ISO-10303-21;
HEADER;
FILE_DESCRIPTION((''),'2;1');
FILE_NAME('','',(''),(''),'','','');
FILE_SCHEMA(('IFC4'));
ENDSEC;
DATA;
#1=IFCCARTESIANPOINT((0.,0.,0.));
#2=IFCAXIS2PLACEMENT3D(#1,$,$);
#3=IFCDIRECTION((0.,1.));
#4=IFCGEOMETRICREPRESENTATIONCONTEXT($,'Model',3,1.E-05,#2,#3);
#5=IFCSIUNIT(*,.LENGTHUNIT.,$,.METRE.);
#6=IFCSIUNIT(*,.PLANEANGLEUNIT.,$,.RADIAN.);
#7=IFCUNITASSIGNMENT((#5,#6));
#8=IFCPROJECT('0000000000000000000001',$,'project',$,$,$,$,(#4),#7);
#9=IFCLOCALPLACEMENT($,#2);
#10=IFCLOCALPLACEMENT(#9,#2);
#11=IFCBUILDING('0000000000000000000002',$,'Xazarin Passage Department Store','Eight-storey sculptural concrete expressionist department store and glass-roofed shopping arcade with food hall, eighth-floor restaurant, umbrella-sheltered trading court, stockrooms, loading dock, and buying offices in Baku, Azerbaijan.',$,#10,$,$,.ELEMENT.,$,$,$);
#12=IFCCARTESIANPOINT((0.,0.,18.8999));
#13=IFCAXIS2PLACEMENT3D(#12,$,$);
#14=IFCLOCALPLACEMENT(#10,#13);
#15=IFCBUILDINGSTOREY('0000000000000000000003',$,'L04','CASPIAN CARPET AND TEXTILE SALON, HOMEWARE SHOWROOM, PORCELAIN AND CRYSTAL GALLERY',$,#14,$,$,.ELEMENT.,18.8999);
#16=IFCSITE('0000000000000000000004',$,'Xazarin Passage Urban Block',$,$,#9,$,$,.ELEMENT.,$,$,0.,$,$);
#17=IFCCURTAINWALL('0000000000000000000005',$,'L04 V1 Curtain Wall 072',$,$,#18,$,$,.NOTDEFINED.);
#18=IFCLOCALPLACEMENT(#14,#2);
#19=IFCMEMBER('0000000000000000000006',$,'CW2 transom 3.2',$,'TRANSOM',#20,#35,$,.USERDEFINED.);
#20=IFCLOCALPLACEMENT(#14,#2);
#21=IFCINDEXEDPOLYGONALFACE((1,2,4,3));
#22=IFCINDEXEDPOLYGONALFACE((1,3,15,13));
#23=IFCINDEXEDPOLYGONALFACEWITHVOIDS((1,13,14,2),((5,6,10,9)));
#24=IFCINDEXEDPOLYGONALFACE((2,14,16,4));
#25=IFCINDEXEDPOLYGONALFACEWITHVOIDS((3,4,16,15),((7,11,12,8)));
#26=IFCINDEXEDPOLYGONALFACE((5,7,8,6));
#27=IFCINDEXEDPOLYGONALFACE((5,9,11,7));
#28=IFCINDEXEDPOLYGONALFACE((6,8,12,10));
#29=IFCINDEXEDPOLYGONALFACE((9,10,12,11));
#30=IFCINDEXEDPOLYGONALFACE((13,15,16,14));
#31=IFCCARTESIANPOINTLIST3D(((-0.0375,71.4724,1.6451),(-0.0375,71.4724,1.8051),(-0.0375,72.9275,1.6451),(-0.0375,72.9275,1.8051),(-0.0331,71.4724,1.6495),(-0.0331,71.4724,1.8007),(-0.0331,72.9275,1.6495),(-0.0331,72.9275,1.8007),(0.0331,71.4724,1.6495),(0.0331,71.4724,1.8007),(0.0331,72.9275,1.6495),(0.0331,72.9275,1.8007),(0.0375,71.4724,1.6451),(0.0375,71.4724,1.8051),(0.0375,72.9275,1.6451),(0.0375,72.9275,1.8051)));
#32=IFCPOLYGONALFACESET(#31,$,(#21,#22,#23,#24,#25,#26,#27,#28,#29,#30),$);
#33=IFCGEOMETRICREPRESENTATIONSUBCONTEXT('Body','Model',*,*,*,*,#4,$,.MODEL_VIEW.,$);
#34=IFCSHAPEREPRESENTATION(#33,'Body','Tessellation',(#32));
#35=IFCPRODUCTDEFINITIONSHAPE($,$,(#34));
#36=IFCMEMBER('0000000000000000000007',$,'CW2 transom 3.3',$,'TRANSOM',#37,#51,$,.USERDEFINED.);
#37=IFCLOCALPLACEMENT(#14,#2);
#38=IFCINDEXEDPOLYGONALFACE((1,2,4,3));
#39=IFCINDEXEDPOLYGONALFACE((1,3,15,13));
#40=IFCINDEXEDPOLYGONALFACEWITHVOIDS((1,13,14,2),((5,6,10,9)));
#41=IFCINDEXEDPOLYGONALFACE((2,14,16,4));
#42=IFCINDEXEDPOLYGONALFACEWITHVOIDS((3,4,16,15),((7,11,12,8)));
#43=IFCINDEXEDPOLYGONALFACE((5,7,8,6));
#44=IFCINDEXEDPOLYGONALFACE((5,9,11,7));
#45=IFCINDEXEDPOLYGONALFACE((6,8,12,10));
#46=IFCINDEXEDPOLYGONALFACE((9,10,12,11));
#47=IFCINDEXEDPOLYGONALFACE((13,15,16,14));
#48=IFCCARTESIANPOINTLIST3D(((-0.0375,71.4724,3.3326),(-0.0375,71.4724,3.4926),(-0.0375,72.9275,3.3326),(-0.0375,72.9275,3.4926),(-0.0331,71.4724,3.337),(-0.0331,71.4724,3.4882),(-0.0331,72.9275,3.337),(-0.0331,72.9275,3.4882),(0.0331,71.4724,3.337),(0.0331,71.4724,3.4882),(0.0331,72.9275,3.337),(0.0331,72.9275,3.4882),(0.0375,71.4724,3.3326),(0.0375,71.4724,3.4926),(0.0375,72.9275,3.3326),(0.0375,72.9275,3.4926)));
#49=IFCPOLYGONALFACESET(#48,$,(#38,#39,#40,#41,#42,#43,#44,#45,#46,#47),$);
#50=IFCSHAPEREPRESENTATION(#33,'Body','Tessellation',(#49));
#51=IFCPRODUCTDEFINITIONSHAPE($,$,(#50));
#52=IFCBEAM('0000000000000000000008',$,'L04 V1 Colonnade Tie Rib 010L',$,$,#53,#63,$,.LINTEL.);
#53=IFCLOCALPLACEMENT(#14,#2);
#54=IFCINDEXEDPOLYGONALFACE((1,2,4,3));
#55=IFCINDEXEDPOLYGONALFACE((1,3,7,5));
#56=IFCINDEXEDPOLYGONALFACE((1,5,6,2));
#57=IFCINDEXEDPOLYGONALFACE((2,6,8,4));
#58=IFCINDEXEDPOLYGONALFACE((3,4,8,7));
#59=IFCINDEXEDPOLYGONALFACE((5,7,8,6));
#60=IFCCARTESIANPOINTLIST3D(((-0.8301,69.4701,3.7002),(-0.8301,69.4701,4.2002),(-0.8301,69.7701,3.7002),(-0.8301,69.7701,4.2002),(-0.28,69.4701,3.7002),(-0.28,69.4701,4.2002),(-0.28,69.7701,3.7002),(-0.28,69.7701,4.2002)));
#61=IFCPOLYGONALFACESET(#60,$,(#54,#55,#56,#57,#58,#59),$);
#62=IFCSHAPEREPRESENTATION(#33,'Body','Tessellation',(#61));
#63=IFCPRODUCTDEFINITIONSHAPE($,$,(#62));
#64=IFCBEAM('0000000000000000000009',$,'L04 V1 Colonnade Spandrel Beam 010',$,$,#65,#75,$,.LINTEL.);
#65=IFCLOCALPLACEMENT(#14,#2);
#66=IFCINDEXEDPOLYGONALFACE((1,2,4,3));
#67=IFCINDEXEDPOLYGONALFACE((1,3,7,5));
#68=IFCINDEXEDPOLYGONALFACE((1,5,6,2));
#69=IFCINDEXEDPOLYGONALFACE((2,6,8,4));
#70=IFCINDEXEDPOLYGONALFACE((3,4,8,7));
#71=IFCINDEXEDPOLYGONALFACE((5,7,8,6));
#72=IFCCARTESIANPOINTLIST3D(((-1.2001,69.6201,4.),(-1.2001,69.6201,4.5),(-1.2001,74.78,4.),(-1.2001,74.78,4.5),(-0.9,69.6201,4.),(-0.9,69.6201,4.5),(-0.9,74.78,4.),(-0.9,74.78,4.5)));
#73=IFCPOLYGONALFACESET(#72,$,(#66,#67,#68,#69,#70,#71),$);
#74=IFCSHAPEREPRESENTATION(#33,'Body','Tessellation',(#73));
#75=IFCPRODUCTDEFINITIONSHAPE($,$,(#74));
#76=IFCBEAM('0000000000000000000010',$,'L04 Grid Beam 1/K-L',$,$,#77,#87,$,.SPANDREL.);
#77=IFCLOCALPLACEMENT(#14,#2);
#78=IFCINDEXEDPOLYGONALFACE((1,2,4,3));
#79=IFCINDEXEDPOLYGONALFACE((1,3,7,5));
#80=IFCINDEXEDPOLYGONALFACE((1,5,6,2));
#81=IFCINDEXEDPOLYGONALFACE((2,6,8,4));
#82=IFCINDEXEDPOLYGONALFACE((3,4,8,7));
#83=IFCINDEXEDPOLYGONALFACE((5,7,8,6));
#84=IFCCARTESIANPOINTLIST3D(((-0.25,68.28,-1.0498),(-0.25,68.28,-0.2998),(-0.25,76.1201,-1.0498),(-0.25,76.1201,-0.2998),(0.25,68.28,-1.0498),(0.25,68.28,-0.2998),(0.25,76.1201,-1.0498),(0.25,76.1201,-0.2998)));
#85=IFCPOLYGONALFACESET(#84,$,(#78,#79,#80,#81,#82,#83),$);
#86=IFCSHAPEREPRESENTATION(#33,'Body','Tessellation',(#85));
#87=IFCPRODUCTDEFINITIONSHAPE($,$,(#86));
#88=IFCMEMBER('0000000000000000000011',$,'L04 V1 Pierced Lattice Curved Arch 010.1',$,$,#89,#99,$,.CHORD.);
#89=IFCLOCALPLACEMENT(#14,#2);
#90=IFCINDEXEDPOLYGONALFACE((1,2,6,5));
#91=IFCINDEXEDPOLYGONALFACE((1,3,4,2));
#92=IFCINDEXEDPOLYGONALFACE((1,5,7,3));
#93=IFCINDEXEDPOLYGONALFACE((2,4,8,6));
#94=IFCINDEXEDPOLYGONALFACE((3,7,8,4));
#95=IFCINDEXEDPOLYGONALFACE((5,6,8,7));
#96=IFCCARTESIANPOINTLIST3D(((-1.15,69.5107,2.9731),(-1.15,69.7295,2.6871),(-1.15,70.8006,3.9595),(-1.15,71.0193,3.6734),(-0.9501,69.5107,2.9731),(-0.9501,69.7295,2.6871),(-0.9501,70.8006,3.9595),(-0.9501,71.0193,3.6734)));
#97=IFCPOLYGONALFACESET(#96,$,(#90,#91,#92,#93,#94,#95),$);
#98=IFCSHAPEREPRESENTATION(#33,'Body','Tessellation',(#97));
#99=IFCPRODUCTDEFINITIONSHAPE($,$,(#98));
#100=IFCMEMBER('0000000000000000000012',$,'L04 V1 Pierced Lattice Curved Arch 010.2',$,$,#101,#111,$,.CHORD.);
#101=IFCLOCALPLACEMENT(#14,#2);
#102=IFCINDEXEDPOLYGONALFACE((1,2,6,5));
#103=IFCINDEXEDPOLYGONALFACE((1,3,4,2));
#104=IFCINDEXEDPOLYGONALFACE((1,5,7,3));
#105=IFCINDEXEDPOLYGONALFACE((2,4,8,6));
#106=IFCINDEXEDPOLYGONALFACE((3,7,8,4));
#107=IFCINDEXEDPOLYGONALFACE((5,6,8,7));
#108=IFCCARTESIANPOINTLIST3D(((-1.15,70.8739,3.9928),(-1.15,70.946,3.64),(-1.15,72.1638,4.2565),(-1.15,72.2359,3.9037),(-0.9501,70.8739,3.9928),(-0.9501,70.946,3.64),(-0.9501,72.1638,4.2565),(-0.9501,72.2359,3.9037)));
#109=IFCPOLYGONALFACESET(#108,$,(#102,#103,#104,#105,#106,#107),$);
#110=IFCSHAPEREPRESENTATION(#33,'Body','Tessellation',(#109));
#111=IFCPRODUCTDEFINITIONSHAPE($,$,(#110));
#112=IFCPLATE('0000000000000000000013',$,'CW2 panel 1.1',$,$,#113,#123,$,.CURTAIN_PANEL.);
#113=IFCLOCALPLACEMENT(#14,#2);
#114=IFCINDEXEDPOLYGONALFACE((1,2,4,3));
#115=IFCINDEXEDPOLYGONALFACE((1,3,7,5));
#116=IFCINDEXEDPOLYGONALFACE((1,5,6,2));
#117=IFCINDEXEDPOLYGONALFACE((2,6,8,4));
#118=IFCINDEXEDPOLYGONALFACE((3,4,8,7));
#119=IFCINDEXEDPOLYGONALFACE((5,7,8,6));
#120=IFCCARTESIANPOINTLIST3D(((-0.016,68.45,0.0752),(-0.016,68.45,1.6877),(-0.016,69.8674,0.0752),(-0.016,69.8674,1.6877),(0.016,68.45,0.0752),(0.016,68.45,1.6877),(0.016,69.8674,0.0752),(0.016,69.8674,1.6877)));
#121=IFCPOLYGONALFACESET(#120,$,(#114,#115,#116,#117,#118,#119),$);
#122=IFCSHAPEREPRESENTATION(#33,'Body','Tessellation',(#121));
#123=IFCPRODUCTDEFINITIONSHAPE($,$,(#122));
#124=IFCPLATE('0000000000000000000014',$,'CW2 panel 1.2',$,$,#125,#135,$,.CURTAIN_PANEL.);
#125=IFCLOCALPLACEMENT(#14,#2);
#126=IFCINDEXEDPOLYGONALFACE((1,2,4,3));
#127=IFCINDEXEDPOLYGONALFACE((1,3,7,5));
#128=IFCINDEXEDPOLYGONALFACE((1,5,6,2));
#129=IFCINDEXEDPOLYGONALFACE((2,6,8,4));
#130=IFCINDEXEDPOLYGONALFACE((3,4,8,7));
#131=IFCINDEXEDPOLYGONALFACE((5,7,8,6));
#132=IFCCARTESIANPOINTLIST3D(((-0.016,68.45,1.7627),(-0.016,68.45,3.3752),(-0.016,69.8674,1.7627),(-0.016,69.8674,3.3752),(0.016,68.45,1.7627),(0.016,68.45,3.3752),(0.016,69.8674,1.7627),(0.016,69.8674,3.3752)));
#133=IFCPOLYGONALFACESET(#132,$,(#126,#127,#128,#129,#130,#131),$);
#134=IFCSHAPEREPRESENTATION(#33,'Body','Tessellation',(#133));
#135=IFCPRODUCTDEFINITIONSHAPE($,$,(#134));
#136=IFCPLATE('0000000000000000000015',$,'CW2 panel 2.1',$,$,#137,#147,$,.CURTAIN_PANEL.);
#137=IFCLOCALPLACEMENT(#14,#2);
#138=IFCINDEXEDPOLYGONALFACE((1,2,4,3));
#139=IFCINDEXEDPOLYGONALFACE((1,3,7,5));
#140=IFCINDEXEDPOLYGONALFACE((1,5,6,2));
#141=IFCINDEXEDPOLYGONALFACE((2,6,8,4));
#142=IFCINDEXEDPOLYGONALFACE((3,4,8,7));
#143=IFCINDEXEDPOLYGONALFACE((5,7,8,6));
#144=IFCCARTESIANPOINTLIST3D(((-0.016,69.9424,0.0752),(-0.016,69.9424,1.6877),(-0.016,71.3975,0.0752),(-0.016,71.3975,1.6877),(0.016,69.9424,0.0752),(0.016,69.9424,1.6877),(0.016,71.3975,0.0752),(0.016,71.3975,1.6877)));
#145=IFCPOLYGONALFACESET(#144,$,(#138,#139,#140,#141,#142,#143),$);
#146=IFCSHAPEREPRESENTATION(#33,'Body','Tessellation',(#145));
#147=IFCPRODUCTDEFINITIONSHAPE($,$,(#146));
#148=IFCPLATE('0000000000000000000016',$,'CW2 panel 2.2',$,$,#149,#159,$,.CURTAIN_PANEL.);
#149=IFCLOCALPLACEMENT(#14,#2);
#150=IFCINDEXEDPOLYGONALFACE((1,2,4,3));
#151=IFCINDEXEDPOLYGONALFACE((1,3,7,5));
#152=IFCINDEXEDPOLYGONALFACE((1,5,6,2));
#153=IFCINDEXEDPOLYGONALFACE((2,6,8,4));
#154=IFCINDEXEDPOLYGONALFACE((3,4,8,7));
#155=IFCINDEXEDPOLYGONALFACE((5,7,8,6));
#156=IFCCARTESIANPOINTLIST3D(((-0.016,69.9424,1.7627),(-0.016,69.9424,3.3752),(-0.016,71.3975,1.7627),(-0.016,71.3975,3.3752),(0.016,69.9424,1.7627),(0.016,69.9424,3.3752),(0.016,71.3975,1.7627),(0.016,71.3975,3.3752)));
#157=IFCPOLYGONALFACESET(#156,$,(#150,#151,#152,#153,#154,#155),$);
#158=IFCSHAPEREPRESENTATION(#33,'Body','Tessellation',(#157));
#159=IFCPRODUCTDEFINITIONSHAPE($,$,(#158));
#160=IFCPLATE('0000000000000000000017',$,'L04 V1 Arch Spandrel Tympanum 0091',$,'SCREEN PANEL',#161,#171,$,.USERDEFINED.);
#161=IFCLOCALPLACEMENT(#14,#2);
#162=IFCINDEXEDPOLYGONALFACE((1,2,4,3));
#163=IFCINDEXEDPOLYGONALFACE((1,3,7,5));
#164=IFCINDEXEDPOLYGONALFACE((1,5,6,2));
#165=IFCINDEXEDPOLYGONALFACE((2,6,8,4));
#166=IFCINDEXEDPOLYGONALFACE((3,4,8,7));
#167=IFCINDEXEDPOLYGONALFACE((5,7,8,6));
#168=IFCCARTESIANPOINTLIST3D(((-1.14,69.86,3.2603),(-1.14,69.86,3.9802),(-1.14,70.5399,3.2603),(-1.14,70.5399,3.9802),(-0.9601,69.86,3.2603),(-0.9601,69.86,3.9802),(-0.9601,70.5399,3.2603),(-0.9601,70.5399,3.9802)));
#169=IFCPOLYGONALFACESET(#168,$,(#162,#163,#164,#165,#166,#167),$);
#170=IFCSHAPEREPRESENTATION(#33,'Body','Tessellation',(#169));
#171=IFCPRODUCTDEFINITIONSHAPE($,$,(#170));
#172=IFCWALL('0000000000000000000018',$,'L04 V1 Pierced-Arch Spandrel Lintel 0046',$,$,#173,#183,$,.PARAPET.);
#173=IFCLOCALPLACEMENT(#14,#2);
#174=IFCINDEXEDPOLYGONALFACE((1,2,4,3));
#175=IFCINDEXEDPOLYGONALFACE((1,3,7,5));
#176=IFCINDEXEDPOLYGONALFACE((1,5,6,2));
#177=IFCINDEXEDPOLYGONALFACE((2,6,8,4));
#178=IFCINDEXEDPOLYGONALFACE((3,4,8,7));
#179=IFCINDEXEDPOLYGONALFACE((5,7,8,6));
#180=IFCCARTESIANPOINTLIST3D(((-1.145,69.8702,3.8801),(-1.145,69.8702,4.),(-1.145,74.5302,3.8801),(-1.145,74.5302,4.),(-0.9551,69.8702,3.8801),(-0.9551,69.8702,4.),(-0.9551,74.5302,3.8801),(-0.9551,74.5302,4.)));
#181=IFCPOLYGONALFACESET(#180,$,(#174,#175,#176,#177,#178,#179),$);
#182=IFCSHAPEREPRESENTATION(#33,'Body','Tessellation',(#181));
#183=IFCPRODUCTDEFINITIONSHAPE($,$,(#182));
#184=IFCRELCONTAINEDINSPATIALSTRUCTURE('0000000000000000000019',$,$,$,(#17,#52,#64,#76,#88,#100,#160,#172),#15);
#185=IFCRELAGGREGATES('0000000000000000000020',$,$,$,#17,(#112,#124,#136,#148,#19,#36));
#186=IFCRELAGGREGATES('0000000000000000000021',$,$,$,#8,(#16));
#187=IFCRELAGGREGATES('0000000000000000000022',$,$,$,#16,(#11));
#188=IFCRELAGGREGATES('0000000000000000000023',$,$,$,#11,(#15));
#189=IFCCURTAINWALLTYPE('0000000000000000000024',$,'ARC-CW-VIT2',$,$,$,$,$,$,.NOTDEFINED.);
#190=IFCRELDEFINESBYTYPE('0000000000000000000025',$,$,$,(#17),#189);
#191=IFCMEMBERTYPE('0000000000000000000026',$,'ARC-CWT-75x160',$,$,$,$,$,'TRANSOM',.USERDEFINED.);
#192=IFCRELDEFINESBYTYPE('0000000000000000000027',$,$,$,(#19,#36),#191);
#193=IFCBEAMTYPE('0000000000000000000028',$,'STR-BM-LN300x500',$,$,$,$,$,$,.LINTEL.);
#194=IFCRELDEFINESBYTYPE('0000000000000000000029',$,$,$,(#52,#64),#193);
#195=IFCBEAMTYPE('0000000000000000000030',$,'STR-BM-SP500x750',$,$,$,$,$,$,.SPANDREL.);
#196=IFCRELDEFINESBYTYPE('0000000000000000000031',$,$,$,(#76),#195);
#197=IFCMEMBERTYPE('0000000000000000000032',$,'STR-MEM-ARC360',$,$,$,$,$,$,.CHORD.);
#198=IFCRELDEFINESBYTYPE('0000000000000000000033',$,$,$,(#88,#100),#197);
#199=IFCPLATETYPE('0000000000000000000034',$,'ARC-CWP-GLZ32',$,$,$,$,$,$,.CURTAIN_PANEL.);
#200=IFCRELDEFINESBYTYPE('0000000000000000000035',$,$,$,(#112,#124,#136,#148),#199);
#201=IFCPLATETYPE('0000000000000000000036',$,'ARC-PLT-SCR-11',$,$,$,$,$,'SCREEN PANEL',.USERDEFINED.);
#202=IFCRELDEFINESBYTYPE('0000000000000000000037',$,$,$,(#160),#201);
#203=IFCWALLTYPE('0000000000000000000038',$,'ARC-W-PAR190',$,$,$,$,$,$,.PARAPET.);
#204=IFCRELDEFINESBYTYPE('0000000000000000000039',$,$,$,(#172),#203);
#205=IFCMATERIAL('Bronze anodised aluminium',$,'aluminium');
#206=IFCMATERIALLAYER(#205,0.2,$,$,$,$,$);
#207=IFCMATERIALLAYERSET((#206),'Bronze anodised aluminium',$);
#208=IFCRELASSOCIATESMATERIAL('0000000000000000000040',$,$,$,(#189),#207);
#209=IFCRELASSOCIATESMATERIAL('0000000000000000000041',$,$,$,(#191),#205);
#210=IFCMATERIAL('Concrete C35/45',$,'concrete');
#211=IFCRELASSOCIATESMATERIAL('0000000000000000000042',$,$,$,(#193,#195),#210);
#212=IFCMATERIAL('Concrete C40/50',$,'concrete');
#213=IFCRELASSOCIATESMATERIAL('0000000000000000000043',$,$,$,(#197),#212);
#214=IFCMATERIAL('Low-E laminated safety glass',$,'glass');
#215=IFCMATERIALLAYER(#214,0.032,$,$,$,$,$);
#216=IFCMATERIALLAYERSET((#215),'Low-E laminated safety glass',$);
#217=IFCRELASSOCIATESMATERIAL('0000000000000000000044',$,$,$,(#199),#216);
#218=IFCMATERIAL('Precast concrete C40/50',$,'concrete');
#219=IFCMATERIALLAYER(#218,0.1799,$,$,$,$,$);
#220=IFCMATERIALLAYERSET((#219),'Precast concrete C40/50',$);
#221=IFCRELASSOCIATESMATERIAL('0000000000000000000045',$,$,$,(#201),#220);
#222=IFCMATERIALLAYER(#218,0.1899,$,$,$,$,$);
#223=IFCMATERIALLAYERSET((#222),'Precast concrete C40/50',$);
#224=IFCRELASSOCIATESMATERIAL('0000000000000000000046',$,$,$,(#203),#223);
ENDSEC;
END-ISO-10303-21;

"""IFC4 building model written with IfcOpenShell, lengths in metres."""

from ifc_helpers import new_model, si_unit, direction, frame, frame_2d, origin, origin_2d, place, context, subcontext, project, spatial, rectangle, hollow_rectangle, extrude, material, layer, layer_set, material_profile, profile_set, type_object, element, aggregate, save


model = new_model("IFC4")

# Units and contexts
model_context = context("Model", 3, precision=1e-05, world=origin(), true_north=direction((0.0, 1.0)))
body_context = subcontext(model_context, "Body", "Model", "MODEL_VIEW")
ifc_project = project(units=[si_unit("LENGTHUNIT", "METRE"), si_unit("PLANEANGLEUNIT", "RADIAN")], contexts=[model_context])

# Site, building, storey
site_placement = place(None, origin())
site = spatial("IfcSite", under=ifc_project, at=site_placement, Name="Xazarin Passage Urban Block", CompositionType="ELEMENT", RefElevation=0.0)
building_placement = place(site_placement, origin())
building = spatial("IfcBuilding", under=site, at=building_placement, Name="Xazarin Passage Department Store", Description="Eight-storey sculptural concrete expressionist department store and glass-roofed shopping arcade with food hall, eighth-floor restaurant, umbrella-sheltered trading court, stockrooms, loading dock, and buying offices in Baku, Azerbaijan.", CompositionType="ELEMENT")
storey_placement = place(building_placement, frame((0.0, 0.0, 18.8999)))
storey = spatial("IfcBuildingStorey", under=building, at=storey_placement, Name="L04", Description="CASPIAN CARPET AND TEXTILE SALON, HOMEWARE SHOWROOM, PORCELAIN AND CRYSTAL GALLERY", CompositionType="ELEMENT", Elevation=18.8999)

# Shared definitions
ifc_material_1 = material(Name="Concrete C40/50", Category="concrete")

# Curtain wall, members
ifc_material_2 = material(Name="Bronze anodised aluminium", Category="aluminium")
ifc_layer_1 = layer(ifc_material_2, 0.2)
ifc_layer_set_1 = layer_set([ifc_layer_1], Name="Bronze anodised aluminium")
curtain_wall_type = type_object("IfcCurtainWallType", Name="ARC-CW-VIT2", PredefinedType="NOTDEFINED", material=ifc_layer_set_1)
curtain_wall_placement = place(storey_placement, origin())
curtain_wall = element("IfcCurtainWall", 1, at=curtain_wall_placement, inside=storey, type_object=curtain_wall_type, Name="L04 V1 Curtain Wall 072", PredefinedType="NOTDEFINED")
ifc_material_profile_1 = material_profile(ifc_material_2, hollow_rectangle(XDim=0.075, YDim=0.1599, WallThickness=0.0044, at=origin_2d()), Name="ALU 75x160")
ifc_profile_set_1 = profile_set([ifc_material_profile_1], Name="Bronze anodised aluminium")
member_type_1 = type_object("IfcMemberType", Name="ARC-CWT-75x160", ElementType="TRANSOM", PredefinedType="USERDEFINED", material=ifc_profile_set_1)
member_1_placement = place(storey_placement, frame((0.0, 71.4724, 1.7251), z_axis=(0.0, 1.0, 0.0), x_axis=(-1.0, 0.0, 0.0)))
member_1 = element("IfcMember", 2, at=member_1_placement, type_object=member_type_1, Name="CW2 transom 3.2", ObjectType="TRANSOM", PredefinedType="USERDEFINED", context=body_context, shape_type="SweptSolid", body=[
    extrude(hollow_rectangle(XDim=0.075, YDim=0.1599, WallThickness=0.0044, at=origin_2d()), origin(), (0.0, 0.0, 1.0), 1.4551),
])
member_2_placement = place(storey_placement, frame((0.0, 71.4724, 3.4126), z_axis=(0.0, 1.0, 0.0), x_axis=(-1.0, 0.0, 0.0)))
member_2 = element("IfcMember", 3, at=member_2_placement, type_object=member_type_1, Name="CW2 transom 3.3", ObjectType="TRANSOM", PredefinedType="USERDEFINED", context=body_context, shape_type="SweptSolid", body=[
    extrude(hollow_rectangle(XDim=0.075, YDim=0.1599, WallThickness=0.0044, at=origin_2d()), origin(), (0.0, 0.0, 1.0), 1.4551),
])

# Beams
ifc_material_3 = material(Name="Concrete C35/45", Category="concrete")
ifc_material_profile_2 = material_profile(ifc_material_3, rectangle(XDim=0.3, YDim=0.5, at=origin_2d()), Name="RC 300x500")
ifc_profile_set_2 = profile_set([ifc_material_profile_2], Name="Concrete C35/45")
beam_type_1 = type_object("IfcBeamType", Name="STR-BM-LN300x500", PredefinedType="LINTEL", material=ifc_profile_set_2)
beam_1_placement = place(storey_placement, frame((-0.28, 69.6201, 3.9502), z_axis=(-1.0, 0.0, 0.0), x_axis=(0.0, -1.0, 0.0)))
element("IfcBeam", 4, at=beam_1_placement, inside=storey, type_object=beam_type_1, Name="L04 V1 Colonnade Tie Rib 010L", PredefinedType="LINTEL", context=body_context, shape_type="SweptSolid", body=[
    extrude(rectangle(XDim=0.3, YDim=0.5, at=origin_2d()), origin(), (0.0, 0.0, 1.0), 0.55),
])
beam_2_placement = place(storey_placement, frame((-1.05, 69.6201, 4.25), z_axis=(0.0, 1.0, 0.0), x_axis=(-1.0, 0.0, 0.0)))
element("IfcBeam", 5, at=beam_2_placement, inside=storey, type_object=beam_type_1, Name="L04 V1 Colonnade Spandrel Beam 010", PredefinedType="LINTEL", context=body_context, shape_type="SweptSolid", body=[
    extrude(rectangle(XDim=0.3, YDim=0.5, at=origin_2d()), origin(), (0.0, 0.0, 1.0), 5.1599),
])
ifc_material_profile_3 = material_profile(ifc_material_3, rectangle(XDim=0.5, YDim=0.75, at=origin_2d()), Name="RC 500x750")
ifc_profile_set_3 = profile_set([ifc_material_profile_3], Name="Concrete C35/45")
beam_type_2 = type_object("IfcBeamType", Name="STR-BM-SP500x750", PredefinedType="SPANDREL", material=ifc_profile_set_3)
beam_3_placement = place(storey_placement, frame((0.0, 68.28, -0.6748), z_axis=(0.0, 1.0, 0.0), x_axis=(-1.0, 0.0, 0.0)))
element("IfcBeam", 6, at=beam_3_placement, inside=storey, type_object=beam_type_2, Name="L04 Grid Beam 1/K-L", PredefinedType="SPANDREL", context=body_context, shape_type="SweptSolid", body=[
    extrude(rectangle(XDim=0.5, YDim=0.75, at=origin_2d()), origin(), (0.0, 0.0, 1.0), 7.8401),
])

# Members
ifc_material_profile_4 = material_profile(ifc_material_1, rectangle(XDim=0.2, YDim=0.3601, at=origin_2d()), Name="RC 200x360")
ifc_profile_set_4 = profile_set([ifc_material_profile_4], Name="Concrete C40/50")
member_type_2 = type_object("IfcMemberType", Name="STR-MEM-ARC360", PredefinedType="CHORD", material=ifc_profile_set_4)
member_3_placement = place(storey_placement, frame((-1.05, 69.6201, 2.8301), z_axis=(0.0, 0.794354, 0.607456), x_axis=(-1.0, 0.0, 0.0)))
element("IfcMember", 7, at=member_3_placement, inside=storey, type_object=member_type_2, Name="L04 V1 Pierced Lattice Curved Arch 010.1", PredefinedType="CHORD", context=body_context, shape_type="SweptSolid", body=[
    extrude(rectangle(XDim=0.2, YDim=0.3601, at=origin_2d()), origin(), (0.0, 0.0, 1.0), 1.6238),
])
member_4_placement = place(storey_placement, frame((-1.05, 70.9099, 3.8164), z_axis=(0.0, 0.979745, 0.200251), x_axis=(-1.0, 0.0, 0.0)))
element("IfcMember", 8, at=member_4_placement, inside=storey, type_object=member_type_2, Name="L04 V1 Pierced Lattice Curved Arch 010.2", PredefinedType="CHORD", context=body_context, shape_type="SweptSolid", body=[
    extrude(rectangle(XDim=0.2, YDim=0.3601, at=origin_2d()), origin(), (0.0, 0.0, 1.0), 1.3167),
])

# Plates
ifc_material_4 = material(Name="Low-E laminated safety glass", Category="glass")
ifc_layer_2 = layer(ifc_material_4, 0.032)
ifc_layer_set_2 = layer_set([ifc_layer_2], Name="Low-E laminated safety glass")
plate_type_1 = type_object("IfcPlateType", Name="ARC-CWP-GLZ32", PredefinedType="CURTAIN_PANEL", material=ifc_layer_set_2)
plate_1_placement = place(storey_placement, frame((0.0, 69.1587, 0.0752), z_axis=(0.0, 0.0, 1.0), x_axis=(0.0, 1.0, 0.0)))
plate_1 = element("IfcPlate", 9, at=plate_1_placement, type_object=plate_type_1, Name="CW2 panel 1.1", PredefinedType="CURTAIN_PANEL", context=body_context, shape_type="SweptSolid", body=[
    extrude(rectangle(XDim=1.4175, YDim=0.032, at=origin_2d()), origin(), (0.0, 0.0, 1.0), 1.6125),
])
plate_2_placement = place(storey_placement, frame((0.0, 69.1587, 1.7627), z_axis=(0.0, 0.0, 1.0), x_axis=(0.0, 1.0, 0.0)))
plate_2 = element("IfcPlate", 10, at=plate_2_placement, type_object=plate_type_1, Name="CW2 panel 1.2", PredefinedType="CURTAIN_PANEL", context=body_context, shape_type="SweptSolid", body=[
    extrude(rectangle(XDim=1.4175, YDim=0.032, at=origin_2d()), origin(), (0.0, 0.0, 1.0), 1.6125),
])
plate_3_placement = place(storey_placement, frame((0.0, 70.6699, 0.0752), z_axis=(0.0, 0.0, 1.0), x_axis=(0.0, 1.0, 0.0)))
plate_3 = element("IfcPlate", 11, at=plate_3_placement, type_object=plate_type_1, Name="CW2 panel 2.1", PredefinedType="CURTAIN_PANEL", context=body_context, shape_type="SweptSolid", body=[
    extrude(rectangle(XDim=1.4551, YDim=0.032, at=origin_2d()), origin(), (0.0, 0.0, 1.0), 1.6125),
])
plate_4_placement = place(storey_placement, frame((0.0, 70.6699, 1.7627), z_axis=(0.0, 0.0, 1.0), x_axis=(0.0, 1.0, 0.0)))
plate_4 = element("IfcPlate", 12, at=plate_4_placement, type_object=plate_type_1, Name="CW2 panel 2.2", PredefinedType="CURTAIN_PANEL", context=body_context, shape_type="SweptSolid", body=[
    extrude(rectangle(XDim=1.4551, YDim=0.032, at=origin_2d()), origin(), (0.0, 0.0, 1.0), 1.6125),
])
aggregate(curtain_wall, [plate_1, plate_2, plate_3, plate_4, member_1, member_2])
ifc_material_5 = material(Name="Precast concrete C40/50", Category="concrete")
ifc_layer_3 = layer(ifc_material_5, 0.1799)
ifc_layer_set_3 = layer_set([ifc_layer_3], Name="Precast concrete C40/50")
plate_type_2 = type_object("IfcPlateType", Name="ARC-PLT-SCR-11", ElementType="SCREEN PANEL", PredefinedType="USERDEFINED", material=ifc_layer_set_3)
plate_5_placement = place(storey_placement, frame((-1.05, 70.2, 3.2603), z_axis=(0.0, 0.0, 1.0), x_axis=(0.0, 1.0, 0.0)))
element("IfcPlate", 13, at=plate_5_placement, inside=storey, type_object=plate_type_2, Name="L04 V1 Arch Spandrel Tympanum 0091", ObjectType="SCREEN PANEL", PredefinedType="USERDEFINED", context=body_context, shape_type="SweptSolid", body=[
    extrude(rectangle(XDim=0.6799, YDim=0.1799, at=origin_2d()), origin(), (0.0, 0.0, 1.0), 0.72),
])

# Wall
ifc_layer_4 = layer(ifc_material_5, 0.1899)
ifc_layer_set_4 = layer_set([ifc_layer_4], Name="Precast concrete C40/50")
wall_type = type_object("IfcWallType", Name="ARC-W-PAR190", PredefinedType="PARAPET", material=ifc_layer_set_4)
wall_placement = place(storey_placement, frame((-1.05, 69.8701, 3.8801), z_axis=(0.0, 0.0, 1.0), x_axis=(0.0, 1.0, 0.0)))
element("IfcWall", 14, at=wall_placement, inside=storey, type_object=wall_type, Name="L04 V1 Pierced-Arch Spandrel Lintel 0046", PredefinedType="PARAPET", context=body_context, shape_type="SweptSolid", body=[
    extrude(rectangle(XDim=4.6599, YDim=0.1899, at=frame_2d((2.3301, 0.0))), origin(), (0.0, 0.0, 1.0), 0.1199),
])

save(model, "model.ifc")
